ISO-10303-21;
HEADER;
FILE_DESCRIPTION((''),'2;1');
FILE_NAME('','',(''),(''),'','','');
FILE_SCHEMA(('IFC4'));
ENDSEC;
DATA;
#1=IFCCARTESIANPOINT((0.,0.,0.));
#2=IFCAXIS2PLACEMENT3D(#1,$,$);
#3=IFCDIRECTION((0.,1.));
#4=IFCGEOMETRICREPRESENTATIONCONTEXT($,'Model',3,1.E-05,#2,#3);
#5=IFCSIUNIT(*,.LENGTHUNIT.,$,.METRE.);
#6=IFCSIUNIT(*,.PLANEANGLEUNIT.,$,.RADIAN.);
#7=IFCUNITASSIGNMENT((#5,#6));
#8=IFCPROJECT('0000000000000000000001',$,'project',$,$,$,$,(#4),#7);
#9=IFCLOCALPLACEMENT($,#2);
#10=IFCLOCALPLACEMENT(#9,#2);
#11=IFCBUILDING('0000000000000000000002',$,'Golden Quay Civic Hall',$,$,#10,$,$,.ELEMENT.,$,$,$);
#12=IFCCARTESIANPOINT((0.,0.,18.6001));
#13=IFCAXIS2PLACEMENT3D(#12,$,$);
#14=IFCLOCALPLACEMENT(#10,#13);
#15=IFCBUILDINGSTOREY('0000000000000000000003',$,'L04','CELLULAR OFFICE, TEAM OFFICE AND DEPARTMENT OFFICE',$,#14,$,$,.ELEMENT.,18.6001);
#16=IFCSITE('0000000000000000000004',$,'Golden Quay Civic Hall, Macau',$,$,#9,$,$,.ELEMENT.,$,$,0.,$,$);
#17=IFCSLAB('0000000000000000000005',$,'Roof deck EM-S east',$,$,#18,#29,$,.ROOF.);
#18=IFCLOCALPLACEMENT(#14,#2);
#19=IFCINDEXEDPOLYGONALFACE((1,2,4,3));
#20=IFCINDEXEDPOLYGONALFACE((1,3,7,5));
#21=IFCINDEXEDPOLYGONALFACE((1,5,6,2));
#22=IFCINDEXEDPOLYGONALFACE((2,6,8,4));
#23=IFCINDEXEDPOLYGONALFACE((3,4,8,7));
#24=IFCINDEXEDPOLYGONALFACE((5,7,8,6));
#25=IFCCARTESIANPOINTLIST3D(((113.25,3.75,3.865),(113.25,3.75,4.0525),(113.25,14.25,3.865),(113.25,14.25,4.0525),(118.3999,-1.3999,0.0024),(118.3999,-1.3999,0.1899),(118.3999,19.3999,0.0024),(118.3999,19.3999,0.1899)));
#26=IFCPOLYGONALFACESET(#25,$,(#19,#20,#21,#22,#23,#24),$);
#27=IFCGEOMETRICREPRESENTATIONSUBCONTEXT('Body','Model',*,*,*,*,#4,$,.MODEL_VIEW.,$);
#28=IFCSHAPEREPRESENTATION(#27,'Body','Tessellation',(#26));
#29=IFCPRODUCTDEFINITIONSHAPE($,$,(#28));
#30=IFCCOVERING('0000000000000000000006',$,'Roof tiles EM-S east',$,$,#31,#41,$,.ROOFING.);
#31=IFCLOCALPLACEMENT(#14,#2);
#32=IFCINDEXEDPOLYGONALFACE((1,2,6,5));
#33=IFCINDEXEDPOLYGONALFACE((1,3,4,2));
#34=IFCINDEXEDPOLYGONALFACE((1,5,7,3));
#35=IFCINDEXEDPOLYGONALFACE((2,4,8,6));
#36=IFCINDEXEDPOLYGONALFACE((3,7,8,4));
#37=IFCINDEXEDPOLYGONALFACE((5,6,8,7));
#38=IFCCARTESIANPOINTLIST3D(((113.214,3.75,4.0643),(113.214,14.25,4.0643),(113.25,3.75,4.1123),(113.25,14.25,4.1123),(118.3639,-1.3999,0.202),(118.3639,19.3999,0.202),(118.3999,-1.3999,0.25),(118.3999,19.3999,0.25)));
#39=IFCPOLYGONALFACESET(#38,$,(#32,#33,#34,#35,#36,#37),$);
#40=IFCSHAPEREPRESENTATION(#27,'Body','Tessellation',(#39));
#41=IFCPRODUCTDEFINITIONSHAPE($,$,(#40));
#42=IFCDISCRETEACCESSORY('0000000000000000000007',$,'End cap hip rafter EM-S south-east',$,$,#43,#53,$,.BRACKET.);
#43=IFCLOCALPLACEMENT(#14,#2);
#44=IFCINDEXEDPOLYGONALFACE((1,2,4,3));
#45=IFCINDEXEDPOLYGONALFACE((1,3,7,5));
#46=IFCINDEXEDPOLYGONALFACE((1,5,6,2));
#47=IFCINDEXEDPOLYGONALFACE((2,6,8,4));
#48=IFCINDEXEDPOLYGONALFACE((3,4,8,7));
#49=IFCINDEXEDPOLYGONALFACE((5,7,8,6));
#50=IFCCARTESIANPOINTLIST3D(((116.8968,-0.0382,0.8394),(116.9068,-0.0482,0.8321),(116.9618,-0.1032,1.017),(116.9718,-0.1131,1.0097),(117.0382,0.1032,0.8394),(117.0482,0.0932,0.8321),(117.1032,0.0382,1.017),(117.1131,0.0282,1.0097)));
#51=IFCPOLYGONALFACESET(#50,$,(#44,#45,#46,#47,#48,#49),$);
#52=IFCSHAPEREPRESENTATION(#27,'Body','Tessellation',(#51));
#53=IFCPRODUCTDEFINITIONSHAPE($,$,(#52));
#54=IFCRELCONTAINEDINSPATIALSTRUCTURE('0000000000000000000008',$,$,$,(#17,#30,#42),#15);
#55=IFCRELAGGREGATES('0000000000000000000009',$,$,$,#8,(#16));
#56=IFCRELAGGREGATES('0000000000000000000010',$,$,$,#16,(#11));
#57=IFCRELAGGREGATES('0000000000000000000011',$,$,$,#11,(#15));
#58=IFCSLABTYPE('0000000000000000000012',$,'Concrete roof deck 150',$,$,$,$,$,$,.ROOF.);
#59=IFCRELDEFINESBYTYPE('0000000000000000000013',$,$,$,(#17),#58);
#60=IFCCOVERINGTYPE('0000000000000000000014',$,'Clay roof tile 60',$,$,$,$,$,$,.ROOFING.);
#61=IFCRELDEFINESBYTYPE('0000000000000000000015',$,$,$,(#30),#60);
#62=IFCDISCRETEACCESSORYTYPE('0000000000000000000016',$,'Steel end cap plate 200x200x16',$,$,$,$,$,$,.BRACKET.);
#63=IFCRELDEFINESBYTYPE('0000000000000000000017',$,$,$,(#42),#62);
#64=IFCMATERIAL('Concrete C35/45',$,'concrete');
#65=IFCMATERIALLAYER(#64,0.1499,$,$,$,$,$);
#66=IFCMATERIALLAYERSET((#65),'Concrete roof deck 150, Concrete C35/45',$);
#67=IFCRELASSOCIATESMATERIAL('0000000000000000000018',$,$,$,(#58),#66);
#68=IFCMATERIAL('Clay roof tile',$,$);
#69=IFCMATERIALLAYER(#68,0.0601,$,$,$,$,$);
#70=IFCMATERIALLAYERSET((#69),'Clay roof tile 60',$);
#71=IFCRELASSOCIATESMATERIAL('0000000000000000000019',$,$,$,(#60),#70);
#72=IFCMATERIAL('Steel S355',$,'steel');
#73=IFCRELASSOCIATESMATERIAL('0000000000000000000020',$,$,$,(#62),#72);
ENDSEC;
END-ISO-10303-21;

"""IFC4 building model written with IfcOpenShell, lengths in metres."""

from ifc_helpers import new_model, si_unit, direction, frame, origin, origin_2d, place, context, subcontext, project, spatial, polyline, rectangle, outline, extrude, material, layer, layer_set, material_profile, profile_set, type_object, element, save


model = new_model("IFC4")

# Units and contexts
model_context = context("Model", 3, precision=1e-05, world=origin(), true_north=direction((0.0, 1.0)))
body_context = subcontext(model_context, "Body", "Model", "MODEL_VIEW")
ifc_project = project(units=[si_unit("LENGTHUNIT", "METRE"), si_unit("PLANEANGLEUNIT", "RADIAN")], contexts=[model_context])

# Site, building, storey
site_placement = place(None, origin())
site = spatial("IfcSite", under=ifc_project, at=site_placement, Name="Golden Quay Civic Hall, Macau", CompositionType="ELEMENT", RefElevation=0.0)
building_placement = place(site_placement, origin())
building = spatial("IfcBuilding", under=site, at=building_placement, Name="Golden Quay Civic Hall", CompositionType="ELEMENT")
storey_placement = place(building_placement, frame((0.0, 0.0, 18.6001)))
storey = spatial("IfcBuildingStorey", under=building, at=storey_placement, Name="L04", Description="CELLULAR OFFICE, TEAM OFFICE AND DEPARTMENT OFFICE", CompositionType="ELEMENT", Elevation=18.6001)

# Slab
ifc_material_1 = material(Name="Concrete C35/45", Category="concrete")
ifc_layer_1 = layer(ifc_material_1, 0.1499)
ifc_layer_set_1 = layer_set([ifc_layer_1], Name="Concrete roof deck 150, Concrete C35/45")
slab_type = type_object("IfcSlabType", Name="Concrete roof deck 150", PredefinedType="ROOF", material=ifc_layer_set_1)
slab_placement = place(storey_placement, frame((118.3999, -1.3999, 0.1899), z_axis=(0.600012, 0.0, 0.799991), x_axis=(0.0, 1.0, 0.0)))
element("IfcSlab", 1, at=slab_placement, inside=storey, type_object=slab_type, Name="Roof deck EM-S east", PredefinedType="ROOF", context=body_context, shape_type="SweptSolid", body=[
    extrude(outline(polyline([(0.0, 0.0), (20.7998, 0.0), (15.6499, 6.4375), (5.1499, 6.4375), (0.0, 0.0)])), origin(), (0.0, -0.600012, -0.799991), 0.1875),
])

# Covering
ifc_material_2 = material(Name="Clay roof tile")
ifc_layer_2 = layer(ifc_material_2, 0.0601)
ifc_layer_set_2 = layer_set([ifc_layer_2], Name="Clay roof tile 60")
covering_type = type_object("IfcCoveringType", Name="Clay roof tile 60", PredefinedType="ROOFING", material=ifc_layer_set_2)
covering_placement = place(storey_placement, frame((118.3999, -1.3999, 0.25), z_axis=(0.599988, 0.0, 0.800009), x_axis=(0.0, 1.0, 0.0)))
element("IfcCovering", 2, at=covering_placement, inside=storey, type_object=covering_type, Name="Roof tiles EM-S east", PredefinedType="ROOFING", context=body_context, shape_type="SweptSolid", body=[
    extrude(outline(polyline([(0.0, 0.0), (20.7998, 0.0), (15.6499, 6.4373), (5.1499, 6.4373), (0.0, 0.0)])), origin(), (0.0, 0.0, -1.0), 0.0601),
])

# Discrete accessory
ifc_material_3 = material(Name="Steel S355", Category="steel")
ifc_material_profile_1 = material_profile(ifc_material_3, rectangle(XDim=0.2, YDim=0.2, at=origin_2d()), Name="Steel end cap plate 200x200x16")
ifc_profile_set_1 = profile_set([ifc_material_profile_1], Name="Steel S355")
discrete_accessory_type = type_object("IfcDiscreteAccessoryType", Name="Steel end cap plate 200x200x16", PredefinedType="BRACKET", material=ifc_profile_set_1)
discrete_accessory_placement = place(storey_placement, frame((117.0, 0.0, 0.9282), z_axis=(0.628025, -0.628025, -0.459531), x_axis=(0.707107, 0.707107, 0.0)))
element("IfcDiscreteAccessory", 3, at=discrete_accessory_placement, inside=storey, type_object=discrete_accessory_type, Name="End cap hip rafter EM-S south-east", PredefinedType="BRACKET", context=body_context, shape_type="SweptSolid", body=[
    extrude(rectangle(XDim=0.2, YDim=0.2, at=origin_2d()), origin(), (0.0, 0.0, 1.0), 0.0159),
])

save(model, "model.ifc")
